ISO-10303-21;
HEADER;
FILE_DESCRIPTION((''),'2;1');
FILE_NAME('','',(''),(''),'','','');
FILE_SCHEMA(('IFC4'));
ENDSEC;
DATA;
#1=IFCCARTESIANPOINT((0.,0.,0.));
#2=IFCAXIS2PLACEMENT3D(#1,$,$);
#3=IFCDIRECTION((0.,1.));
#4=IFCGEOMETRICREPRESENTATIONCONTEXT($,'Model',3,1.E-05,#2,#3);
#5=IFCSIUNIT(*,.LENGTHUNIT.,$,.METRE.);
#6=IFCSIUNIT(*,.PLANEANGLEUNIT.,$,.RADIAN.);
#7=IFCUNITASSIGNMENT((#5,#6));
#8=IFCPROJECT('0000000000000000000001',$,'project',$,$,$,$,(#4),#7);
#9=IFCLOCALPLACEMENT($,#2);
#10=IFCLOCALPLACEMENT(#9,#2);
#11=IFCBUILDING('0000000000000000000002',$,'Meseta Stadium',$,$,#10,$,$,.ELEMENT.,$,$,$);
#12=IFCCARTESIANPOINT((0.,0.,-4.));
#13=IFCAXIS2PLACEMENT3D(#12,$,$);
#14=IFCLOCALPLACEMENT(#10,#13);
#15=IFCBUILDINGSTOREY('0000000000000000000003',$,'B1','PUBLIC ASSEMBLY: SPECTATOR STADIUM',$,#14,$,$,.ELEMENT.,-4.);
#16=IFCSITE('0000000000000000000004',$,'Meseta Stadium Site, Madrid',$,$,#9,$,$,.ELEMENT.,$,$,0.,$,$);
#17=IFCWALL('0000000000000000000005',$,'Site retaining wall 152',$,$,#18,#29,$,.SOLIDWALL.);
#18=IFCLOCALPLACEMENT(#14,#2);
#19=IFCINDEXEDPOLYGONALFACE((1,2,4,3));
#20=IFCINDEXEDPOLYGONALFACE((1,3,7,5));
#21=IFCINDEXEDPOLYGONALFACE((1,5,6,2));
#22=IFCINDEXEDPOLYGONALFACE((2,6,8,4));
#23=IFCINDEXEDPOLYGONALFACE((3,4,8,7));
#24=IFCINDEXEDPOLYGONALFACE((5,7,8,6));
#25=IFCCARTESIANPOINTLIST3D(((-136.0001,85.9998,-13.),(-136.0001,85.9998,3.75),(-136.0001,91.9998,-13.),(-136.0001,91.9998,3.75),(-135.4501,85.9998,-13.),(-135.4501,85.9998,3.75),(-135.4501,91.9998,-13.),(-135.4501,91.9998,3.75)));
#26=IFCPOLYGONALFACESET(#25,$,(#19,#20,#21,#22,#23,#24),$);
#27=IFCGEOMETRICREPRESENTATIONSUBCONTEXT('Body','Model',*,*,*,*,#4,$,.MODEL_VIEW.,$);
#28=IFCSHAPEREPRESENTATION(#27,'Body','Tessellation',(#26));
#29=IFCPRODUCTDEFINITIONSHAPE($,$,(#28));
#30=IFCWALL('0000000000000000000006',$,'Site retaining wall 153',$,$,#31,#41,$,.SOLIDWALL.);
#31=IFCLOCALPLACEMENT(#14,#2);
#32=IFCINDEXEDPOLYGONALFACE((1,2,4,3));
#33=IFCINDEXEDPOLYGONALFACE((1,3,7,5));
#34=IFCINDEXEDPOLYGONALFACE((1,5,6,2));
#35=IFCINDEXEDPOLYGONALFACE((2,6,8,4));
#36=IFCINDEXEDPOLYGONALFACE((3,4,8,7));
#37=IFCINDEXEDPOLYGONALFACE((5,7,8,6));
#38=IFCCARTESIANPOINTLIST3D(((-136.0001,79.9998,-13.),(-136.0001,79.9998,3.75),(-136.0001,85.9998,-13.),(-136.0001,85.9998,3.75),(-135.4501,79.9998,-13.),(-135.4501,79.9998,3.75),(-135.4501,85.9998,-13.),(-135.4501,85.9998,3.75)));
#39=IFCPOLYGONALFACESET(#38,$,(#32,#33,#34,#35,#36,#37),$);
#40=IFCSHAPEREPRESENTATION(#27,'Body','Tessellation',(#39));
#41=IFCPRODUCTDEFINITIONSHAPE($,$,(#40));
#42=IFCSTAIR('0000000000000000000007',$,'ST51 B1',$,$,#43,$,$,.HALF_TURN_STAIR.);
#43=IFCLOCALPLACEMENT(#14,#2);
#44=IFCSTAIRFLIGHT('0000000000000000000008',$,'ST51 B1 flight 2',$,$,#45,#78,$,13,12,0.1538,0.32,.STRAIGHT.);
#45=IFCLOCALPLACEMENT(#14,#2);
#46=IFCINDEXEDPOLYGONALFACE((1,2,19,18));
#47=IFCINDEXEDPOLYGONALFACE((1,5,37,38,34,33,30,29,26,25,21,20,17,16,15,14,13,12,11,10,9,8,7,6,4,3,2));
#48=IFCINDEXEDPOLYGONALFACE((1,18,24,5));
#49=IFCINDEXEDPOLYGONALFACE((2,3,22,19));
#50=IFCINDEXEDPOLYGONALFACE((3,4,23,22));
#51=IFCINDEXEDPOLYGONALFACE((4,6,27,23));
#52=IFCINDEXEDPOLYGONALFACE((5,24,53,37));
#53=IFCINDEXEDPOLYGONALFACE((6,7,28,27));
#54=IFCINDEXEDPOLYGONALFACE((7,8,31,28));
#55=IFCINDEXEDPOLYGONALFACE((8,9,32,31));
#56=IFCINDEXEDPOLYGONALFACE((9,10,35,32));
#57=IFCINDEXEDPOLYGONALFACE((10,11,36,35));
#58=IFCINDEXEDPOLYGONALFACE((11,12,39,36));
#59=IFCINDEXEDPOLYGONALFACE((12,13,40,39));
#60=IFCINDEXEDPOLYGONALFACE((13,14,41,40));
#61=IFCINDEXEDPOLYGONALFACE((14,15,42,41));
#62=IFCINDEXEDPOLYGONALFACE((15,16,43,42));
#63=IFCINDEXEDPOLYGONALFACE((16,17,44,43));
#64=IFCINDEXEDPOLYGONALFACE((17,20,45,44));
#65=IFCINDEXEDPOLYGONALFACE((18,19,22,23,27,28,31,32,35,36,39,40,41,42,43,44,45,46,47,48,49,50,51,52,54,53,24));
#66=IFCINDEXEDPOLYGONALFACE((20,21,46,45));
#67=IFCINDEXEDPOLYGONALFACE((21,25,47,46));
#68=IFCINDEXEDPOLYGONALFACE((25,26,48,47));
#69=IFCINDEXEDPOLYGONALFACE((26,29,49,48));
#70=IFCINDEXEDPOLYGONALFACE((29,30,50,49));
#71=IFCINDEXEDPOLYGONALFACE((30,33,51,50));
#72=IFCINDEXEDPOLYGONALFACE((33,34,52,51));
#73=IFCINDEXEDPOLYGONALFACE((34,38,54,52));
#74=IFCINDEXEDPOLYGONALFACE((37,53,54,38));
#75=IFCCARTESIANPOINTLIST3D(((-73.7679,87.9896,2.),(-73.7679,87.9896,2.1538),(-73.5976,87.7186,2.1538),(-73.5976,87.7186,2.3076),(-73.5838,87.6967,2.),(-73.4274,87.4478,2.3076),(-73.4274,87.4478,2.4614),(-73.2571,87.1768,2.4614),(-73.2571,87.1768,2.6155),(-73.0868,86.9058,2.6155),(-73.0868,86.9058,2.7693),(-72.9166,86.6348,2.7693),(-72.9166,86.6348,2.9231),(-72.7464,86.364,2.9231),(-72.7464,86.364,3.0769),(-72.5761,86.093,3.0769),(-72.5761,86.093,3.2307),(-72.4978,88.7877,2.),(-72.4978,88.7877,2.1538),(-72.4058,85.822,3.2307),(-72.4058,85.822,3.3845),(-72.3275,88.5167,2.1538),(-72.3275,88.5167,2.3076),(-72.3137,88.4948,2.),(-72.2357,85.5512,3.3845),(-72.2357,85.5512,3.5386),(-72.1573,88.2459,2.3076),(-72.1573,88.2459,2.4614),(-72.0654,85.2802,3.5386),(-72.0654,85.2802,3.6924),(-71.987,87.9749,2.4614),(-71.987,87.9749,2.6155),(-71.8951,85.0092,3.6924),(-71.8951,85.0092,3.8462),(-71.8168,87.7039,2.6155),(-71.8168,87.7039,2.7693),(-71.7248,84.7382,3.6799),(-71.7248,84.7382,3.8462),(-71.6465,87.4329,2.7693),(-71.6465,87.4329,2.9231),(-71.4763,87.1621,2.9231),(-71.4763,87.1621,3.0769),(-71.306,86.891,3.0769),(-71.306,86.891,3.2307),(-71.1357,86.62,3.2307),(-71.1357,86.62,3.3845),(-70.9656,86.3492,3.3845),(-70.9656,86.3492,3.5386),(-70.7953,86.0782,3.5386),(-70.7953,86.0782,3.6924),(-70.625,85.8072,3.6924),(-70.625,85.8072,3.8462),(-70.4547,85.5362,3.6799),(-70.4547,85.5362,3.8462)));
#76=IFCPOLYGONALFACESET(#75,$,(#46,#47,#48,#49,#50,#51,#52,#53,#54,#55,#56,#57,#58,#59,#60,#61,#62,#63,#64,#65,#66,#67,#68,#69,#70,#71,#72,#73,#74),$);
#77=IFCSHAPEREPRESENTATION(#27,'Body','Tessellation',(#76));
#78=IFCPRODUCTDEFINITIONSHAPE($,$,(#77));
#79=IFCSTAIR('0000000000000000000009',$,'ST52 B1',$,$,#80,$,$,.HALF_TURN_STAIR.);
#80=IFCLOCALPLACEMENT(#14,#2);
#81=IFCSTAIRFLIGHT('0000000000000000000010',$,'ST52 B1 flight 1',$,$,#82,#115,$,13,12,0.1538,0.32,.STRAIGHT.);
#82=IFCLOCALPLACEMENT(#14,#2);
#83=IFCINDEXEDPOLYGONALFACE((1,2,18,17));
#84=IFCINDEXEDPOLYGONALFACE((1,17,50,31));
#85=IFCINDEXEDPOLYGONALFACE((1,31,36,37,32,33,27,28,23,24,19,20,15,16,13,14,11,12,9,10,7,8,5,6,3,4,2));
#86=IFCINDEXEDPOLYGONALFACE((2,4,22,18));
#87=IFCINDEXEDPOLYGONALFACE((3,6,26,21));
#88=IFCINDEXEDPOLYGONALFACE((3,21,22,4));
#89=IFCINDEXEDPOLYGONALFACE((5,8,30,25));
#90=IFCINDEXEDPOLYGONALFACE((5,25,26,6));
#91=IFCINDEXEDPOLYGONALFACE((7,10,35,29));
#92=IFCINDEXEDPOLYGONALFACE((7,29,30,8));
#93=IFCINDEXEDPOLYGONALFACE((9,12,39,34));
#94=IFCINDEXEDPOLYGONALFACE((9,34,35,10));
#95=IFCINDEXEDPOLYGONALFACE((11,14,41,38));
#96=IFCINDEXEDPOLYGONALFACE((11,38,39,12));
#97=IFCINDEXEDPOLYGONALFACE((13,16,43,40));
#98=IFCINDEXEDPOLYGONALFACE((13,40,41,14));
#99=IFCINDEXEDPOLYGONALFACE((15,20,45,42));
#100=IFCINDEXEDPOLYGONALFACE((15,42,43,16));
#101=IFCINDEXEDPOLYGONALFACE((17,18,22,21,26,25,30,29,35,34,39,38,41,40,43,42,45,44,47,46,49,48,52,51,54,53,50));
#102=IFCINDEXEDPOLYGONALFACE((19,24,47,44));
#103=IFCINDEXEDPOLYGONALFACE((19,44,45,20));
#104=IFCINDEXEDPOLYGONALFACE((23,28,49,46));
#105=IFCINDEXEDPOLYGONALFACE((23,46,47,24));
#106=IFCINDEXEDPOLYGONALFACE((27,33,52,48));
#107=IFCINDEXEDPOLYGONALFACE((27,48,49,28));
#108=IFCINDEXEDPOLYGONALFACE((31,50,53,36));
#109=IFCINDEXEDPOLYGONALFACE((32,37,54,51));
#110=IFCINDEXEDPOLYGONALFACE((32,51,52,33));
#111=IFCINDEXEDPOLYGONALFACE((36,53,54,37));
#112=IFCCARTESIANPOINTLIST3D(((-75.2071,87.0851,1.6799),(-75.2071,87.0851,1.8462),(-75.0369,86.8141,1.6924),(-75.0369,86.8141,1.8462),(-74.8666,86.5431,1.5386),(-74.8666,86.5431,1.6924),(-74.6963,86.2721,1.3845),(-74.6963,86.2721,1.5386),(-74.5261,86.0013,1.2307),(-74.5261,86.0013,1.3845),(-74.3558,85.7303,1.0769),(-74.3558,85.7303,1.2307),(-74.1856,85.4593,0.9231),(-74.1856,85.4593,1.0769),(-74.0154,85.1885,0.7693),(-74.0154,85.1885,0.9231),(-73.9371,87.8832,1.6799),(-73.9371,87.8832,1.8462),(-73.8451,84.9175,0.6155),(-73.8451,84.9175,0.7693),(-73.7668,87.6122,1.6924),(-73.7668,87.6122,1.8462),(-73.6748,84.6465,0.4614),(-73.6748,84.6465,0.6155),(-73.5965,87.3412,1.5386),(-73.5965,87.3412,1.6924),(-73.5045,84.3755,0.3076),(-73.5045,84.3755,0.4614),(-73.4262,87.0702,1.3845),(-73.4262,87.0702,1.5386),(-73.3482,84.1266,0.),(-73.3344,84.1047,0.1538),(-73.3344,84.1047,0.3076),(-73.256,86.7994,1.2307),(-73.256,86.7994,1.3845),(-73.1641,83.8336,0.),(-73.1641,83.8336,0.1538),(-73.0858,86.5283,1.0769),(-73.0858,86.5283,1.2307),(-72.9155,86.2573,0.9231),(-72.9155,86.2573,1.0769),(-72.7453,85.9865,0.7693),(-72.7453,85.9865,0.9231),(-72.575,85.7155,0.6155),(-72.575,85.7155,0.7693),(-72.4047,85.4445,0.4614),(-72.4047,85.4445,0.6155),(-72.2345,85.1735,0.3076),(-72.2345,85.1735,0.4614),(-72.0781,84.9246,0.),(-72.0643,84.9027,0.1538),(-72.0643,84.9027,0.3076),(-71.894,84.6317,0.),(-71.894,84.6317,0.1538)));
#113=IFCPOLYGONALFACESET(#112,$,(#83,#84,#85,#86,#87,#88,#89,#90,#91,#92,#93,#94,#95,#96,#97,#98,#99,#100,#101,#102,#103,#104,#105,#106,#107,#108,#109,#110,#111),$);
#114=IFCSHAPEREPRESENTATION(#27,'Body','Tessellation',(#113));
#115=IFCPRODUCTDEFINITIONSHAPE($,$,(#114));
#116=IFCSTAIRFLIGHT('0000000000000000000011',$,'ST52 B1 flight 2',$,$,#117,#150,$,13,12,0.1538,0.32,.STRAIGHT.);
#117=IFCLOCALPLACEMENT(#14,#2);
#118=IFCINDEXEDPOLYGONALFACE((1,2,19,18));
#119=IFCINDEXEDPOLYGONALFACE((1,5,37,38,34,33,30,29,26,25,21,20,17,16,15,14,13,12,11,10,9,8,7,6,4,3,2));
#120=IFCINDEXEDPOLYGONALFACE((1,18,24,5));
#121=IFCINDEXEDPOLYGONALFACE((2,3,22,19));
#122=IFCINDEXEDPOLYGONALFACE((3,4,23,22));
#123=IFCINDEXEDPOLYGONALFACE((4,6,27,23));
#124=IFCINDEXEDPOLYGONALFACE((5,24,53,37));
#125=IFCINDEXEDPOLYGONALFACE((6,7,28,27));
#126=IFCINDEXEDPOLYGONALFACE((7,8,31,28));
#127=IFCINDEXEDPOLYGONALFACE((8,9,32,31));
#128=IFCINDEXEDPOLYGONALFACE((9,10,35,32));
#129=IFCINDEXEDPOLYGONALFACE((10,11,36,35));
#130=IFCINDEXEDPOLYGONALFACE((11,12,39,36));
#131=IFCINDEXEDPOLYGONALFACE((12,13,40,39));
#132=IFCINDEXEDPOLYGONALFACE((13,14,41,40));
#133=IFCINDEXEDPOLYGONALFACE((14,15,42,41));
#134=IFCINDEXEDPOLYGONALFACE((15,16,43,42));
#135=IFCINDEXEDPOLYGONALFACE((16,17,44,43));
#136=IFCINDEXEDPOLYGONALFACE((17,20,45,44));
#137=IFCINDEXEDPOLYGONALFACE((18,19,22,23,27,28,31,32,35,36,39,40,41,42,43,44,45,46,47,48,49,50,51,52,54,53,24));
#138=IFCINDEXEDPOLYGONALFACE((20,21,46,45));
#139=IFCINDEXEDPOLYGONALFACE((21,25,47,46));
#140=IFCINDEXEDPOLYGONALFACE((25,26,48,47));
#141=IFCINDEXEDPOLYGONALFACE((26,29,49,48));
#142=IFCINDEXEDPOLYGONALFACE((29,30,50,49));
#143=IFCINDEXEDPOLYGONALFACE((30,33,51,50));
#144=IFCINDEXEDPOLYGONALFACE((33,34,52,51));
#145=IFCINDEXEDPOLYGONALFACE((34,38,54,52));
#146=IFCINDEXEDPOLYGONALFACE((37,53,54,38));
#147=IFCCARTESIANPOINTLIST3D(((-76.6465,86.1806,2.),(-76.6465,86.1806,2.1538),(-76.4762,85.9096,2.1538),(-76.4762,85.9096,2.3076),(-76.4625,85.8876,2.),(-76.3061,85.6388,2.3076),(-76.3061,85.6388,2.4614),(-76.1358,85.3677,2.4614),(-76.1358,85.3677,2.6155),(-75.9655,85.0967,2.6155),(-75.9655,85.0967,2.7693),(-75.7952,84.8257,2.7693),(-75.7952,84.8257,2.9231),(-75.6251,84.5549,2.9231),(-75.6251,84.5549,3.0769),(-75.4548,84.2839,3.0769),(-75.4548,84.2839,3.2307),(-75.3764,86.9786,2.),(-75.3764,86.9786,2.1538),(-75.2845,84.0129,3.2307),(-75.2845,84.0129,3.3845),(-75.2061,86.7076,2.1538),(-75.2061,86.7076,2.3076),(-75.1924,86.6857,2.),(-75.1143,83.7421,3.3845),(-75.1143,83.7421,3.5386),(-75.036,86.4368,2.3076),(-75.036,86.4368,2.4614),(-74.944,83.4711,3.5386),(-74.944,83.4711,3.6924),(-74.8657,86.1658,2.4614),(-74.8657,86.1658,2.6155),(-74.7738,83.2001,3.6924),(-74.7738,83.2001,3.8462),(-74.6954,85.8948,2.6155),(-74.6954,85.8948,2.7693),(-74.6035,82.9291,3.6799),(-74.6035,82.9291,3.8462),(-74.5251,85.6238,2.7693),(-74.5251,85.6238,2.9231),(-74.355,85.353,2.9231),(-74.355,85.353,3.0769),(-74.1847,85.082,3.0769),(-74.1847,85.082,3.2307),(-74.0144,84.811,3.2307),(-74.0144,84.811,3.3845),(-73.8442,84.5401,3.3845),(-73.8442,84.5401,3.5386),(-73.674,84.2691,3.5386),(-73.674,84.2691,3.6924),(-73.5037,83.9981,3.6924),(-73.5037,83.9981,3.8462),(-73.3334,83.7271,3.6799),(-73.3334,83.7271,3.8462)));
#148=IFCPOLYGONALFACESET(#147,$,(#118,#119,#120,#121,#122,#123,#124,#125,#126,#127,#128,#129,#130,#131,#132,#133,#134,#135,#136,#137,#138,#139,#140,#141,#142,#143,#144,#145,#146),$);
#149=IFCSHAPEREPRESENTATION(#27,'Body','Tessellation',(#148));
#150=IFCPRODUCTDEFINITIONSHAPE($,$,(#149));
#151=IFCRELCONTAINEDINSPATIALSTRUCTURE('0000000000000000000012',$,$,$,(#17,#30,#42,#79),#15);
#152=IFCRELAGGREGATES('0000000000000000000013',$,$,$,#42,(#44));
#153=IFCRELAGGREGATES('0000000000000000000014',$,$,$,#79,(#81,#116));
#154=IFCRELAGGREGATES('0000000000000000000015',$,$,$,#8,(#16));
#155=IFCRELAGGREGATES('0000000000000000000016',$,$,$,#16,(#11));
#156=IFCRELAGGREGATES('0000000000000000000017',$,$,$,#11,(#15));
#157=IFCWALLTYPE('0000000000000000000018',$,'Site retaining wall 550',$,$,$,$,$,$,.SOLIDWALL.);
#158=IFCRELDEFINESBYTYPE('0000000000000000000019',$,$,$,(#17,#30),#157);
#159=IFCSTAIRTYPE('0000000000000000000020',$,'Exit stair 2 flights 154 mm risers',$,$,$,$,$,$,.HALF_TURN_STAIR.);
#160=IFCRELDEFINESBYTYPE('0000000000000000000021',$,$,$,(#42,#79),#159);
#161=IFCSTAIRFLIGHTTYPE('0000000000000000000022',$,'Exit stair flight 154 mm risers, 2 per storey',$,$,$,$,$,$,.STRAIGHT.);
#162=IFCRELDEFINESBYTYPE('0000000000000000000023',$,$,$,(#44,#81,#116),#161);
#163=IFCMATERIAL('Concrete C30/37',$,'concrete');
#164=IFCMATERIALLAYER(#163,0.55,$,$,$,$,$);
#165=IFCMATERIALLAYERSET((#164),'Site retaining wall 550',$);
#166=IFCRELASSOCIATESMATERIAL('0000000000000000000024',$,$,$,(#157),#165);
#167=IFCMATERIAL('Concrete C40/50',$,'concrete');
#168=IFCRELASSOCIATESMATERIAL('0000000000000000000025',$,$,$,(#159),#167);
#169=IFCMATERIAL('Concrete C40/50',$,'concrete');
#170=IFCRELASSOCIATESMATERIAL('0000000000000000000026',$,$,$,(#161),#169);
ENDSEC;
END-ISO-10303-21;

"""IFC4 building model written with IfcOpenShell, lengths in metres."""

from ifc_helpers import new_model, si_unit, direction, frame, frame_2d, origin, place, context, subcontext, project, spatial, polyline, rectangle, outline, extrude, material, layer, layer_set, type_object, element, aggregate, save


model = new_model("IFC4")

# Units and contexts
model_context = context("Model", 3, precision=1e-05, world=origin(), true_north=direction((0.0, 1.0)))
body_context = subcontext(model_context, "Body", "Model", "MODEL_VIEW")
ifc_project = project(units=[si_unit("LENGTHUNIT", "METRE"), si_unit("PLANEANGLEUNIT", "RADIAN")], contexts=[model_context])

# Site, building, storey
site_placement = place(None, origin())
site = spatial("IfcSite", under=ifc_project, at=site_placement, Name="Meseta Stadium Site, Madrid", CompositionType="ELEMENT", RefElevation=0.0)
building_placement = place(site_placement, origin())
building = spatial("IfcBuilding", under=site, at=building_placement, Name="Meseta Stadium", CompositionType="ELEMENT")
storey_placement = place(building_placement, frame((0.0, 0.0, -4.0)))
storey = spatial("IfcBuildingStorey", under=building, at=storey_placement, Name="B1", Description="PUBLIC ASSEMBLY: SPECTATOR STADIUM", CompositionType="ELEMENT", Elevation=-4.0)

# Walls
ifc_material_1 = material(Name="Concrete C30/37", Category="concrete")
ifc_layer_1 = layer(ifc_material_1, 0.55)
ifc_layer_set_1 = layer_set([ifc_layer_1], Name="Site retaining wall 550")
wall_type_1 = type_object("IfcWallType", Name="Site retaining wall 550", PredefinedType="SOLIDWALL", material=ifc_layer_set_1)
for number, where, z_axis, x_axis, name in (
    (1, (-135.7251, 91.9998, -13.0), (0.0, 0.0, 1.0), (0.0, -1.0, 0.0), "Site retaining wall 152"),
    (2, (-135.7251, 85.9998, -13.0), (0.0, 0.0, 1.0), (0.0, -1.0, 0.0), "Site retaining wall 153"),
):
    element("IfcWall", number, at=place(storey_placement, frame(where, z_axis=z_axis, x_axis=x_axis)), inside=storey, type_object=wall_type_1, Name=name, PredefinedType="SOLIDWALL", context=body_context, shape_type="SweptSolid", body=[
        extrude(rectangle(XDim=6.0, YDim=0.55, at=frame_2d((3.0, 0.0))), origin(), (0.0, 0.0, 1.0), 16.75),
    ])

# Stair, stair flight
ifc_material_2 = material(Name="Concrete C40/50", Category="concrete")
stair_type = type_object("IfcStairType", Name="Exit stair 2 flights 154 mm risers", PredefinedType="HALF_TURN_STAIR", material=ifc_material_2)
stair_1_placement = place(storey_placement, origin())
stair_1 = element("IfcStair", 3, at=stair_1_placement, inside=storey, type_object=stair_type, Name="ST51 B1", PredefinedType="HALF_TURN_STAIR")
ifc_material_3 = material(Name="Concrete C40/50", Category="concrete")
stair_flight_type = type_object("IfcStairFlightType", Name="Exit stair flight 154 mm risers, 2 per storey", PredefinedType="STRAIGHT", material=ifc_material_3)
stair_flight_1_placement = place(storey_placement, frame((-73.1328, 88.3887, 2.0), z_axis=(0.0, 0.0, 1.0), x_axis=(0.532032, -0.846724, 0.0)))
stair_flight_1 = element("IfcStairFlight", 4, at=stair_flight_1_placement, type_object=stair_flight_type, Name="ST51 B1 flight 2", NumberOfRisers=13, NumberOfTreads=12, PredefinedType="STRAIGHT", RiserHeight=0.1538, TreadLength=0.32, context=body_context, shape_type="SweptSolid", body=[
    extrude(outline(polyline([(0.0, 0.0), (0.0, 0.1538), (0.3201, 0.1538), (0.3201, 0.3076), (0.6399, 0.3076), (0.6399, 0.4614), (0.96, 0.4614), (0.96, 0.6155), (1.28, 0.6155), (1.28, 0.7693), (1.6001, 0.7693), (1.6001, 0.9231), (1.9199, 0.9231), (1.9199, 1.0769), (2.24, 1.0769), (2.24, 1.2307), (2.5601, 1.2307), (2.5601, 1.3845), (2.8799, 1.3845), (2.8799, 1.5386), (3.2, 1.5386), (3.2, 1.6924), (3.52, 1.6924), (3.52, 1.8462), (3.8401, 1.8462), (3.8401, 1.6799), (0.3459, 0.0), (0.0, 0.0)])), frame((0.0, 0.75, 0.0), z_axis=(0.0, -1.0, 0.0), x_axis=(1.0, 0.0, 0.0)), (0.0, 0.0, 1.0), 1.5),
])
aggregate(stair_1, [stair_flight_1])

# Stair, stair flights
stair_2_placement = place(storey_placement, origin())
stair_2 = element("IfcStair", 5, at=stair_2_placement, inside=storey, type_object=stair_type, Name="ST52 B1", PredefinedType="HALF_TURN_STAIR")
stair_flight_2_placement = place(storey_placement, frame((-72.5291, 84.2327, 0.0), z_axis=(0.0, 0.0, 1.0), x_axis=(-0.532032, 0.846724, 0.0)))
stair_flight_2 = element("IfcStairFlight", 6, at=stair_flight_2_placement, type_object=stair_flight_type, Name="ST52 B1 flight 1", NumberOfRisers=13, NumberOfTreads=12, PredefinedType="STRAIGHT", RiserHeight=0.1538, TreadLength=0.32, context=body_context, shape_type="SweptSolid", body=[
    extrude(outline(polyline([(0.0, 0.0), (0.0, 0.1538), (0.3201, 0.1538), (0.3201, 0.3076), (0.6399, 0.3076), (0.6399, 0.4614), (0.96, 0.4614), (0.96, 0.6155), (1.28, 0.6155), (1.28, 0.7693), (1.6001, 0.7693), (1.6001, 0.9231), (1.9199, 0.9231), (1.9199, 1.0769), (2.24, 1.0769), (2.24, 1.2307), (2.5601, 1.2307), (2.5601, 1.3845), (2.8799, 1.3845), (2.8799, 1.5386), (3.2, 1.5386), (3.2, 1.6924), (3.52, 1.6924), (3.52, 1.8462), (3.8401, 1.8462), (3.8401, 1.6799), (0.3459, 0.0), (0.0, 0.0)])), frame((0.0, 0.75, 0.0), z_axis=(0.0, -1.0, 0.0), x_axis=(1.0, 0.0, 0.0)), (0.0, 0.0, 1.0), 1.5),
])
stair_flight_3_placement = place(storey_placement, frame((-76.0115, 86.5796, 2.0), z_axis=(0.0, 0.0, 1.0), x_axis=(0.532032, -0.846724, 0.0)))
stair_flight_3 = element("IfcStairFlight", 7, at=stair_flight_3_placement, type_object=stair_flight_type, Name="ST52 B1 flight 2", NumberOfRisers=13, NumberOfTreads=12, PredefinedType="STRAIGHT", RiserHeight=0.1538, TreadLength=0.32, context=body_context, shape_type="SweptSolid", body=[
    extrude(outline(polyline([(0.0, 0.0), (0.0, 0.1538), (0.3201, 0.1538), (0.3201, 0.3076), (0.6399, 0.3076), (0.6399, 0.4614), (0.96, 0.4614), (0.96, 0.6155), (1.28, 0.6155), (1.28, 0.7693), (1.6001, 0.7693), (1.6001, 0.9231), (1.9199, 0.9231), (1.9199, 1.0769), (2.24, 1.0769), (2.24, 1.2307), (2.5601, 1.2307), (2.5601, 1.3845), (2.8799, 1.3845), (2.8799, 1.5386), (3.2, 1.5386), (3.2, 1.6924), (3.52, 1.6924), (3.52, 1.8462), (3.8401, 1.8462), (3.8401, 1.6799), (0.3459, 0.0), (0.0, 0.0)])), frame((0.0, 0.75, 0.0), z_axis=(0.0, -1.0, 0.0), x_axis=(1.0, 0.0, 0.0)), (0.0, 0.0, 1.0), 1.5),
])
aggregate(stair_2, [stair_flight_2, stair_flight_3])

save(model, "model.ifc")
